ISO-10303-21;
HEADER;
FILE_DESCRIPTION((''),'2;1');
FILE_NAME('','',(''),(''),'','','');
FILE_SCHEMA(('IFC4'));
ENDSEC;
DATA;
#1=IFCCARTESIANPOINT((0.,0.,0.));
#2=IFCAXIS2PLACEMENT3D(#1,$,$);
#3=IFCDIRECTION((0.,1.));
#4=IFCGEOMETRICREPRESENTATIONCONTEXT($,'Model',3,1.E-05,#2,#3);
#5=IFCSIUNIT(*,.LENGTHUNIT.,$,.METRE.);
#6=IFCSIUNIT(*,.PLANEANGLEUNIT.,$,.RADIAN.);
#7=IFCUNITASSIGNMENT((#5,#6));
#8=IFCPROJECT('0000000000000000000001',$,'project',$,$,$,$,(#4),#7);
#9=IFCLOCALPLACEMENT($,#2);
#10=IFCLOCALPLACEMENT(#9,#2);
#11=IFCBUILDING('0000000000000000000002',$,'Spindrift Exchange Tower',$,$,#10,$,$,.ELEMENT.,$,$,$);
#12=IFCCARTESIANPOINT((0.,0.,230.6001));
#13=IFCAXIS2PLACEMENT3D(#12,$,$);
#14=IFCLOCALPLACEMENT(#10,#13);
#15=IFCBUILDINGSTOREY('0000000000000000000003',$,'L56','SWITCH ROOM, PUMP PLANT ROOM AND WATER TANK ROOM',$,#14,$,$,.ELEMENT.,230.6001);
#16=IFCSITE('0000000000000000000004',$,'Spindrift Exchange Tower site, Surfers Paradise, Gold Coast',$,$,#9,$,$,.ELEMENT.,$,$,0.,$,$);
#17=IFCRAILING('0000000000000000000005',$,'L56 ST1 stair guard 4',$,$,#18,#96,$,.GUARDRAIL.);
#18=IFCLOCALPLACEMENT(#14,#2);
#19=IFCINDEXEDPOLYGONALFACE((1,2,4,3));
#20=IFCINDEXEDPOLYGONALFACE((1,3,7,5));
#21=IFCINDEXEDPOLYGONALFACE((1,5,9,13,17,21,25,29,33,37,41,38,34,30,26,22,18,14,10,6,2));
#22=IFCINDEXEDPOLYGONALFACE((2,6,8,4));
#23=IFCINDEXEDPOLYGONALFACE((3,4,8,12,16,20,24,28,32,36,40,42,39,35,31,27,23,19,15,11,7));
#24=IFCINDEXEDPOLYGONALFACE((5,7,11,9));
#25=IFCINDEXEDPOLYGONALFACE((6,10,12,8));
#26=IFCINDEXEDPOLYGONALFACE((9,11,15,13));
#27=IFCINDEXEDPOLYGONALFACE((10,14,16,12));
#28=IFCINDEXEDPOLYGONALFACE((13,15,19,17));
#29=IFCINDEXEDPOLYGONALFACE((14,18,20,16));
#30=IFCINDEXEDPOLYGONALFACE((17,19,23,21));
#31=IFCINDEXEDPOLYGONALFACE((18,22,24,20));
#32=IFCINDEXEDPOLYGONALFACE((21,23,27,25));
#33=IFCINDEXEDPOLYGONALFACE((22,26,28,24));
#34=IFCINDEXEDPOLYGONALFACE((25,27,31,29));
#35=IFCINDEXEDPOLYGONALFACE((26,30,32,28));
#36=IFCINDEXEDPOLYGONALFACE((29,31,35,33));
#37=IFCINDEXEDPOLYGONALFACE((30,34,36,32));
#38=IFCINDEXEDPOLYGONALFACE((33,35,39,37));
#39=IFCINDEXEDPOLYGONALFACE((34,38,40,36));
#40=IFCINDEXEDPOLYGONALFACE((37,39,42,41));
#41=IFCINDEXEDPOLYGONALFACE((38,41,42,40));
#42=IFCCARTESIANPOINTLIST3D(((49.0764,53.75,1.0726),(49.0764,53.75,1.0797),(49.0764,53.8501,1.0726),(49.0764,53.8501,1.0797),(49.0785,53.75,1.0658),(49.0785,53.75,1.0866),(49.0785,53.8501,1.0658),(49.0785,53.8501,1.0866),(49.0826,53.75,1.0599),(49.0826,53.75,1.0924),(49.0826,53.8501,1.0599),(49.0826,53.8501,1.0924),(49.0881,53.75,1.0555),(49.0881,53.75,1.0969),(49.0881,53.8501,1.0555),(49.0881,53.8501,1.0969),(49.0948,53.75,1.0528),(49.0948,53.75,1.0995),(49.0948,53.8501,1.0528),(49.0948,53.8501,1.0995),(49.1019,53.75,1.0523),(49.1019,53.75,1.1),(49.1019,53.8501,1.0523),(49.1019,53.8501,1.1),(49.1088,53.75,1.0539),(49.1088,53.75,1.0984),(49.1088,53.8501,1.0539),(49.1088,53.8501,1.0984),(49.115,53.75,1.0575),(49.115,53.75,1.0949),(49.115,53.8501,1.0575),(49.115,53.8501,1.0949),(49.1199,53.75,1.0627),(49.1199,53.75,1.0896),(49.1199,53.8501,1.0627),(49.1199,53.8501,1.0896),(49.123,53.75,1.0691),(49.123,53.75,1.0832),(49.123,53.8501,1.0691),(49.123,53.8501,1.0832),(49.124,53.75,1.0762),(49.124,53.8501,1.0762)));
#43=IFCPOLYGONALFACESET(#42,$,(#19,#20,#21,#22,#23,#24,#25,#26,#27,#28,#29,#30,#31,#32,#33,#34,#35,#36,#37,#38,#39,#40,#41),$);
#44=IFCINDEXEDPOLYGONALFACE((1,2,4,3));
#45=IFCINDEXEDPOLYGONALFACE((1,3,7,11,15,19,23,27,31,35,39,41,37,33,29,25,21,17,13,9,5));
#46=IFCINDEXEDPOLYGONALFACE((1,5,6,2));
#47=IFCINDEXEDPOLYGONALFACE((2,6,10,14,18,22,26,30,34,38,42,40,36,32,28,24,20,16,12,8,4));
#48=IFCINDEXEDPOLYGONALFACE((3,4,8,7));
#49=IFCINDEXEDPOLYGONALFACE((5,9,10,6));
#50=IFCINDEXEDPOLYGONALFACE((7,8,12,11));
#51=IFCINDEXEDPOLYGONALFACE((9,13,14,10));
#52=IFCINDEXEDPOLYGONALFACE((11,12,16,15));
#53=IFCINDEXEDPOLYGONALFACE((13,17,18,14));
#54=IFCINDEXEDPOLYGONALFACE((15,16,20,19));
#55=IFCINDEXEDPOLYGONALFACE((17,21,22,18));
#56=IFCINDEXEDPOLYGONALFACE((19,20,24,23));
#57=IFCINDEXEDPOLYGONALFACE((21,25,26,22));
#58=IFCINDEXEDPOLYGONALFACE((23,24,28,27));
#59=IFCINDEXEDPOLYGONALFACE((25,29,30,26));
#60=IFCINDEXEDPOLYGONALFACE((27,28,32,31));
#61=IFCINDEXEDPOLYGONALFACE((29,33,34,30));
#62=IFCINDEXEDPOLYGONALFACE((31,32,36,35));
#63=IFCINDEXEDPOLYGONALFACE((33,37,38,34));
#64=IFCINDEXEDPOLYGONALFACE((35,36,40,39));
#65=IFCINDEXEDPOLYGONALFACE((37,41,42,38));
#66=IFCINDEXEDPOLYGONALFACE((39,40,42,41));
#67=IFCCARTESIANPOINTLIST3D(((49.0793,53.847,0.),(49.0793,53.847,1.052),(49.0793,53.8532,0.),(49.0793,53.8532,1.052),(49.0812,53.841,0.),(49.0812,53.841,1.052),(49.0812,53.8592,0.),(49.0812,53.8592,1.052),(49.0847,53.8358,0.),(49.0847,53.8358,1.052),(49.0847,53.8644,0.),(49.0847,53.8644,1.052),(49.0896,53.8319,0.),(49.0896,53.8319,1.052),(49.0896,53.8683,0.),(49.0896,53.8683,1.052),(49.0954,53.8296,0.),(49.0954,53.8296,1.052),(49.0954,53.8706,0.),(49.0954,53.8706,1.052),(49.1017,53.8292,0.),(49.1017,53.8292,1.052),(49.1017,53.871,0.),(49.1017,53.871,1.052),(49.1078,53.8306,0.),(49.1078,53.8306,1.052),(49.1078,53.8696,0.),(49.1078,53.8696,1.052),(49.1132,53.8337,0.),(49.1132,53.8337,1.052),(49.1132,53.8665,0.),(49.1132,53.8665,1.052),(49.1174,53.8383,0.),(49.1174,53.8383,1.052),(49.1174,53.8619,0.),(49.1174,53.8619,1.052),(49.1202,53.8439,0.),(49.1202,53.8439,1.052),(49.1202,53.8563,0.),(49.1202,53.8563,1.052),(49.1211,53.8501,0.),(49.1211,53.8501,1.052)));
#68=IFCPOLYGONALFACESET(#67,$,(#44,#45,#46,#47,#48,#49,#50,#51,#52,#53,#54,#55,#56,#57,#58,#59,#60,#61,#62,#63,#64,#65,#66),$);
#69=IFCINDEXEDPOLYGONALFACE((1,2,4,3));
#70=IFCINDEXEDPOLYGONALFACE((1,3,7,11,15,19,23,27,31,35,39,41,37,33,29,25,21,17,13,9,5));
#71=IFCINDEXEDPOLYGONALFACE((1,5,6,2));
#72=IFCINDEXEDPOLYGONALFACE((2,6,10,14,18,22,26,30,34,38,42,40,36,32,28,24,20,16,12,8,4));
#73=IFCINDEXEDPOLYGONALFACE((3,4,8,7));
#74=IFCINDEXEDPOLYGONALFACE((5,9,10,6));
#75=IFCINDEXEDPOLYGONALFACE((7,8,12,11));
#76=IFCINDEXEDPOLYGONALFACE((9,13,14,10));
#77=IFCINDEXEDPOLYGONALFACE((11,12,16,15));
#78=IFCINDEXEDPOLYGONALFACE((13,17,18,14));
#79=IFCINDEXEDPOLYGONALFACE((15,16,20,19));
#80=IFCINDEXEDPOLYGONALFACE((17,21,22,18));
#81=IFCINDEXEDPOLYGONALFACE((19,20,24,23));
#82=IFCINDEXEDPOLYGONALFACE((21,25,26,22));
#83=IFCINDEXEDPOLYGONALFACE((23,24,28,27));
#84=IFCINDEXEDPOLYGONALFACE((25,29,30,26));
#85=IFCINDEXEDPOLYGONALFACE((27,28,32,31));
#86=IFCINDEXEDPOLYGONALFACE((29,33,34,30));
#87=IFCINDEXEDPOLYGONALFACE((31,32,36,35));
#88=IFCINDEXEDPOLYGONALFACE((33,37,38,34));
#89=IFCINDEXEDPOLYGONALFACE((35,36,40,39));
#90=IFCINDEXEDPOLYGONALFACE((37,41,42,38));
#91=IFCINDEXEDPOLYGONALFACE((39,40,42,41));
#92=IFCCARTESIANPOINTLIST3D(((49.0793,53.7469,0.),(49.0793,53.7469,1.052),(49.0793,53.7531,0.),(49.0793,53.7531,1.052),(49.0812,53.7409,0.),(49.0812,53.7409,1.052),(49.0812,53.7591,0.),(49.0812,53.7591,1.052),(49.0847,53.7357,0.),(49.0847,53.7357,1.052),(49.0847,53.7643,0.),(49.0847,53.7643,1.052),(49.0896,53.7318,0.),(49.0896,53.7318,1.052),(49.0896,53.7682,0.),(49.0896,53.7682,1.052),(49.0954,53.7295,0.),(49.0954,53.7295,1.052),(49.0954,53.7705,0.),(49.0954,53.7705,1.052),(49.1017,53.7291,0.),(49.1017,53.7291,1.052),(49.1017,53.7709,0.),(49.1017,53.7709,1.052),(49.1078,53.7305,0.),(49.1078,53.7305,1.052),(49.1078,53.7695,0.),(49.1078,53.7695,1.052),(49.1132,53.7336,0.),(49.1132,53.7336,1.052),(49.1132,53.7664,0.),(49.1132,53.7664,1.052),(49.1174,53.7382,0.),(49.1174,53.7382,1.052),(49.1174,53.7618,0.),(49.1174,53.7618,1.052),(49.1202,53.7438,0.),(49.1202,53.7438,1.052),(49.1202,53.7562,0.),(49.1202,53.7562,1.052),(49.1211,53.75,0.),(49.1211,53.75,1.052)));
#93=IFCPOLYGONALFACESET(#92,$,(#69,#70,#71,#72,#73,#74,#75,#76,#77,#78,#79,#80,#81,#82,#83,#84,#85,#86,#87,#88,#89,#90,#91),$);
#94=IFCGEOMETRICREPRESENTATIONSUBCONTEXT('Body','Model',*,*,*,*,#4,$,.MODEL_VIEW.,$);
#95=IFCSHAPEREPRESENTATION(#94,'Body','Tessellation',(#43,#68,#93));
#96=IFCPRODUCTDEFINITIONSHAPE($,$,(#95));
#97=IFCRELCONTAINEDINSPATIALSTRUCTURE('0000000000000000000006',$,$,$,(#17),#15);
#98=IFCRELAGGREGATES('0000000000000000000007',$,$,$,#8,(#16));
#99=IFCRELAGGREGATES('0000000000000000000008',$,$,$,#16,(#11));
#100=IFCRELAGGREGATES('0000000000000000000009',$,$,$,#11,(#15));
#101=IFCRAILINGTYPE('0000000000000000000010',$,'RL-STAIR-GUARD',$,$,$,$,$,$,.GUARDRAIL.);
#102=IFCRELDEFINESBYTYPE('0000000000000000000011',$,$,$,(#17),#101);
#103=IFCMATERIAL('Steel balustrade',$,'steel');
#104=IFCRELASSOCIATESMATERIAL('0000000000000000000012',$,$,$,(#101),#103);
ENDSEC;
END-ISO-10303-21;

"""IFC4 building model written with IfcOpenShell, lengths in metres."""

from ifc_helpers import new_model, si_unit, direction, frame, origin, origin_2d, place, context, subcontext, project, spatial, circle, extrude, material, type_object, element, save


model = new_model("IFC4")

# Units and contexts
model_context = context("Model", 3, precision=1e-05, world=origin(), true_north=direction((0.0, 1.0)))
body_context = subcontext(model_context, "Body", "Model", "MODEL_VIEW")
ifc_project = project(units=[si_unit("LENGTHUNIT", "METRE"), si_unit("PLANEANGLEUNIT", "RADIAN")], contexts=[model_context])

# Site, building, storey
site_placement = place(None, origin())
site = spatial("IfcSite", under=ifc_project, at=site_placement, Name="Spindrift Exchange Tower site, Surfers Paradise, Gold Coast", CompositionType="ELEMENT", RefElevation=0.0)
building_placement = place(site_placement, origin())
building = spatial("IfcBuilding", under=site, at=building_placement, Name="Spindrift Exchange Tower", CompositionType="ELEMENT")
storey_placement = place(building_placement, frame((0.0, 0.0, 230.6001)))
storey = spatial("IfcBuildingStorey", under=building, at=storey_placement, Name="L56", Description="SWITCH ROOM, PUMP PLANT ROOM AND WATER TANK ROOM", CompositionType="ELEMENT", Elevation=230.6001)

# Railing
ifc_material_1 = material(Name="Steel balustrade", Category="steel")
railing_type_1 = type_object("IfcRailingType", Name="RL-STAIR-GUARD", PredefinedType="GUARDRAIL", material=ifc_material_1)
railing_1_placement = place(storey_placement, frame((49.1001, 53.8501, 0.0)))
element("IfcRailing", 1, at=railing_1_placement, inside=storey, type_object=railing_type_1, Name="L56 ST1 stair guard 4", PredefinedType="GUARDRAIL", context=body_context, shape_type="SweptSolid", body=[
    extrude(circle(Radius=0.0239, at=origin_2d()), frame((0.0, 0.0, 1.0762), z_axis=(0.0, -1.0, 0.0), x_axis=(1.0, 0.0, 0.0)), (0.0, 0.0, 1.0), 0.1001),
    extrude(circle(Radius=0.021, at=origin_2d()), origin(), (0.0, 0.0, 1.0), 1.052),
    extrude(circle(Radius=0.021, at=origin_2d()), frame((0.0, -0.1001, 0.0)), (0.0, 0.0, 1.0), 1.052),
])

save(model, "model.ifc")
